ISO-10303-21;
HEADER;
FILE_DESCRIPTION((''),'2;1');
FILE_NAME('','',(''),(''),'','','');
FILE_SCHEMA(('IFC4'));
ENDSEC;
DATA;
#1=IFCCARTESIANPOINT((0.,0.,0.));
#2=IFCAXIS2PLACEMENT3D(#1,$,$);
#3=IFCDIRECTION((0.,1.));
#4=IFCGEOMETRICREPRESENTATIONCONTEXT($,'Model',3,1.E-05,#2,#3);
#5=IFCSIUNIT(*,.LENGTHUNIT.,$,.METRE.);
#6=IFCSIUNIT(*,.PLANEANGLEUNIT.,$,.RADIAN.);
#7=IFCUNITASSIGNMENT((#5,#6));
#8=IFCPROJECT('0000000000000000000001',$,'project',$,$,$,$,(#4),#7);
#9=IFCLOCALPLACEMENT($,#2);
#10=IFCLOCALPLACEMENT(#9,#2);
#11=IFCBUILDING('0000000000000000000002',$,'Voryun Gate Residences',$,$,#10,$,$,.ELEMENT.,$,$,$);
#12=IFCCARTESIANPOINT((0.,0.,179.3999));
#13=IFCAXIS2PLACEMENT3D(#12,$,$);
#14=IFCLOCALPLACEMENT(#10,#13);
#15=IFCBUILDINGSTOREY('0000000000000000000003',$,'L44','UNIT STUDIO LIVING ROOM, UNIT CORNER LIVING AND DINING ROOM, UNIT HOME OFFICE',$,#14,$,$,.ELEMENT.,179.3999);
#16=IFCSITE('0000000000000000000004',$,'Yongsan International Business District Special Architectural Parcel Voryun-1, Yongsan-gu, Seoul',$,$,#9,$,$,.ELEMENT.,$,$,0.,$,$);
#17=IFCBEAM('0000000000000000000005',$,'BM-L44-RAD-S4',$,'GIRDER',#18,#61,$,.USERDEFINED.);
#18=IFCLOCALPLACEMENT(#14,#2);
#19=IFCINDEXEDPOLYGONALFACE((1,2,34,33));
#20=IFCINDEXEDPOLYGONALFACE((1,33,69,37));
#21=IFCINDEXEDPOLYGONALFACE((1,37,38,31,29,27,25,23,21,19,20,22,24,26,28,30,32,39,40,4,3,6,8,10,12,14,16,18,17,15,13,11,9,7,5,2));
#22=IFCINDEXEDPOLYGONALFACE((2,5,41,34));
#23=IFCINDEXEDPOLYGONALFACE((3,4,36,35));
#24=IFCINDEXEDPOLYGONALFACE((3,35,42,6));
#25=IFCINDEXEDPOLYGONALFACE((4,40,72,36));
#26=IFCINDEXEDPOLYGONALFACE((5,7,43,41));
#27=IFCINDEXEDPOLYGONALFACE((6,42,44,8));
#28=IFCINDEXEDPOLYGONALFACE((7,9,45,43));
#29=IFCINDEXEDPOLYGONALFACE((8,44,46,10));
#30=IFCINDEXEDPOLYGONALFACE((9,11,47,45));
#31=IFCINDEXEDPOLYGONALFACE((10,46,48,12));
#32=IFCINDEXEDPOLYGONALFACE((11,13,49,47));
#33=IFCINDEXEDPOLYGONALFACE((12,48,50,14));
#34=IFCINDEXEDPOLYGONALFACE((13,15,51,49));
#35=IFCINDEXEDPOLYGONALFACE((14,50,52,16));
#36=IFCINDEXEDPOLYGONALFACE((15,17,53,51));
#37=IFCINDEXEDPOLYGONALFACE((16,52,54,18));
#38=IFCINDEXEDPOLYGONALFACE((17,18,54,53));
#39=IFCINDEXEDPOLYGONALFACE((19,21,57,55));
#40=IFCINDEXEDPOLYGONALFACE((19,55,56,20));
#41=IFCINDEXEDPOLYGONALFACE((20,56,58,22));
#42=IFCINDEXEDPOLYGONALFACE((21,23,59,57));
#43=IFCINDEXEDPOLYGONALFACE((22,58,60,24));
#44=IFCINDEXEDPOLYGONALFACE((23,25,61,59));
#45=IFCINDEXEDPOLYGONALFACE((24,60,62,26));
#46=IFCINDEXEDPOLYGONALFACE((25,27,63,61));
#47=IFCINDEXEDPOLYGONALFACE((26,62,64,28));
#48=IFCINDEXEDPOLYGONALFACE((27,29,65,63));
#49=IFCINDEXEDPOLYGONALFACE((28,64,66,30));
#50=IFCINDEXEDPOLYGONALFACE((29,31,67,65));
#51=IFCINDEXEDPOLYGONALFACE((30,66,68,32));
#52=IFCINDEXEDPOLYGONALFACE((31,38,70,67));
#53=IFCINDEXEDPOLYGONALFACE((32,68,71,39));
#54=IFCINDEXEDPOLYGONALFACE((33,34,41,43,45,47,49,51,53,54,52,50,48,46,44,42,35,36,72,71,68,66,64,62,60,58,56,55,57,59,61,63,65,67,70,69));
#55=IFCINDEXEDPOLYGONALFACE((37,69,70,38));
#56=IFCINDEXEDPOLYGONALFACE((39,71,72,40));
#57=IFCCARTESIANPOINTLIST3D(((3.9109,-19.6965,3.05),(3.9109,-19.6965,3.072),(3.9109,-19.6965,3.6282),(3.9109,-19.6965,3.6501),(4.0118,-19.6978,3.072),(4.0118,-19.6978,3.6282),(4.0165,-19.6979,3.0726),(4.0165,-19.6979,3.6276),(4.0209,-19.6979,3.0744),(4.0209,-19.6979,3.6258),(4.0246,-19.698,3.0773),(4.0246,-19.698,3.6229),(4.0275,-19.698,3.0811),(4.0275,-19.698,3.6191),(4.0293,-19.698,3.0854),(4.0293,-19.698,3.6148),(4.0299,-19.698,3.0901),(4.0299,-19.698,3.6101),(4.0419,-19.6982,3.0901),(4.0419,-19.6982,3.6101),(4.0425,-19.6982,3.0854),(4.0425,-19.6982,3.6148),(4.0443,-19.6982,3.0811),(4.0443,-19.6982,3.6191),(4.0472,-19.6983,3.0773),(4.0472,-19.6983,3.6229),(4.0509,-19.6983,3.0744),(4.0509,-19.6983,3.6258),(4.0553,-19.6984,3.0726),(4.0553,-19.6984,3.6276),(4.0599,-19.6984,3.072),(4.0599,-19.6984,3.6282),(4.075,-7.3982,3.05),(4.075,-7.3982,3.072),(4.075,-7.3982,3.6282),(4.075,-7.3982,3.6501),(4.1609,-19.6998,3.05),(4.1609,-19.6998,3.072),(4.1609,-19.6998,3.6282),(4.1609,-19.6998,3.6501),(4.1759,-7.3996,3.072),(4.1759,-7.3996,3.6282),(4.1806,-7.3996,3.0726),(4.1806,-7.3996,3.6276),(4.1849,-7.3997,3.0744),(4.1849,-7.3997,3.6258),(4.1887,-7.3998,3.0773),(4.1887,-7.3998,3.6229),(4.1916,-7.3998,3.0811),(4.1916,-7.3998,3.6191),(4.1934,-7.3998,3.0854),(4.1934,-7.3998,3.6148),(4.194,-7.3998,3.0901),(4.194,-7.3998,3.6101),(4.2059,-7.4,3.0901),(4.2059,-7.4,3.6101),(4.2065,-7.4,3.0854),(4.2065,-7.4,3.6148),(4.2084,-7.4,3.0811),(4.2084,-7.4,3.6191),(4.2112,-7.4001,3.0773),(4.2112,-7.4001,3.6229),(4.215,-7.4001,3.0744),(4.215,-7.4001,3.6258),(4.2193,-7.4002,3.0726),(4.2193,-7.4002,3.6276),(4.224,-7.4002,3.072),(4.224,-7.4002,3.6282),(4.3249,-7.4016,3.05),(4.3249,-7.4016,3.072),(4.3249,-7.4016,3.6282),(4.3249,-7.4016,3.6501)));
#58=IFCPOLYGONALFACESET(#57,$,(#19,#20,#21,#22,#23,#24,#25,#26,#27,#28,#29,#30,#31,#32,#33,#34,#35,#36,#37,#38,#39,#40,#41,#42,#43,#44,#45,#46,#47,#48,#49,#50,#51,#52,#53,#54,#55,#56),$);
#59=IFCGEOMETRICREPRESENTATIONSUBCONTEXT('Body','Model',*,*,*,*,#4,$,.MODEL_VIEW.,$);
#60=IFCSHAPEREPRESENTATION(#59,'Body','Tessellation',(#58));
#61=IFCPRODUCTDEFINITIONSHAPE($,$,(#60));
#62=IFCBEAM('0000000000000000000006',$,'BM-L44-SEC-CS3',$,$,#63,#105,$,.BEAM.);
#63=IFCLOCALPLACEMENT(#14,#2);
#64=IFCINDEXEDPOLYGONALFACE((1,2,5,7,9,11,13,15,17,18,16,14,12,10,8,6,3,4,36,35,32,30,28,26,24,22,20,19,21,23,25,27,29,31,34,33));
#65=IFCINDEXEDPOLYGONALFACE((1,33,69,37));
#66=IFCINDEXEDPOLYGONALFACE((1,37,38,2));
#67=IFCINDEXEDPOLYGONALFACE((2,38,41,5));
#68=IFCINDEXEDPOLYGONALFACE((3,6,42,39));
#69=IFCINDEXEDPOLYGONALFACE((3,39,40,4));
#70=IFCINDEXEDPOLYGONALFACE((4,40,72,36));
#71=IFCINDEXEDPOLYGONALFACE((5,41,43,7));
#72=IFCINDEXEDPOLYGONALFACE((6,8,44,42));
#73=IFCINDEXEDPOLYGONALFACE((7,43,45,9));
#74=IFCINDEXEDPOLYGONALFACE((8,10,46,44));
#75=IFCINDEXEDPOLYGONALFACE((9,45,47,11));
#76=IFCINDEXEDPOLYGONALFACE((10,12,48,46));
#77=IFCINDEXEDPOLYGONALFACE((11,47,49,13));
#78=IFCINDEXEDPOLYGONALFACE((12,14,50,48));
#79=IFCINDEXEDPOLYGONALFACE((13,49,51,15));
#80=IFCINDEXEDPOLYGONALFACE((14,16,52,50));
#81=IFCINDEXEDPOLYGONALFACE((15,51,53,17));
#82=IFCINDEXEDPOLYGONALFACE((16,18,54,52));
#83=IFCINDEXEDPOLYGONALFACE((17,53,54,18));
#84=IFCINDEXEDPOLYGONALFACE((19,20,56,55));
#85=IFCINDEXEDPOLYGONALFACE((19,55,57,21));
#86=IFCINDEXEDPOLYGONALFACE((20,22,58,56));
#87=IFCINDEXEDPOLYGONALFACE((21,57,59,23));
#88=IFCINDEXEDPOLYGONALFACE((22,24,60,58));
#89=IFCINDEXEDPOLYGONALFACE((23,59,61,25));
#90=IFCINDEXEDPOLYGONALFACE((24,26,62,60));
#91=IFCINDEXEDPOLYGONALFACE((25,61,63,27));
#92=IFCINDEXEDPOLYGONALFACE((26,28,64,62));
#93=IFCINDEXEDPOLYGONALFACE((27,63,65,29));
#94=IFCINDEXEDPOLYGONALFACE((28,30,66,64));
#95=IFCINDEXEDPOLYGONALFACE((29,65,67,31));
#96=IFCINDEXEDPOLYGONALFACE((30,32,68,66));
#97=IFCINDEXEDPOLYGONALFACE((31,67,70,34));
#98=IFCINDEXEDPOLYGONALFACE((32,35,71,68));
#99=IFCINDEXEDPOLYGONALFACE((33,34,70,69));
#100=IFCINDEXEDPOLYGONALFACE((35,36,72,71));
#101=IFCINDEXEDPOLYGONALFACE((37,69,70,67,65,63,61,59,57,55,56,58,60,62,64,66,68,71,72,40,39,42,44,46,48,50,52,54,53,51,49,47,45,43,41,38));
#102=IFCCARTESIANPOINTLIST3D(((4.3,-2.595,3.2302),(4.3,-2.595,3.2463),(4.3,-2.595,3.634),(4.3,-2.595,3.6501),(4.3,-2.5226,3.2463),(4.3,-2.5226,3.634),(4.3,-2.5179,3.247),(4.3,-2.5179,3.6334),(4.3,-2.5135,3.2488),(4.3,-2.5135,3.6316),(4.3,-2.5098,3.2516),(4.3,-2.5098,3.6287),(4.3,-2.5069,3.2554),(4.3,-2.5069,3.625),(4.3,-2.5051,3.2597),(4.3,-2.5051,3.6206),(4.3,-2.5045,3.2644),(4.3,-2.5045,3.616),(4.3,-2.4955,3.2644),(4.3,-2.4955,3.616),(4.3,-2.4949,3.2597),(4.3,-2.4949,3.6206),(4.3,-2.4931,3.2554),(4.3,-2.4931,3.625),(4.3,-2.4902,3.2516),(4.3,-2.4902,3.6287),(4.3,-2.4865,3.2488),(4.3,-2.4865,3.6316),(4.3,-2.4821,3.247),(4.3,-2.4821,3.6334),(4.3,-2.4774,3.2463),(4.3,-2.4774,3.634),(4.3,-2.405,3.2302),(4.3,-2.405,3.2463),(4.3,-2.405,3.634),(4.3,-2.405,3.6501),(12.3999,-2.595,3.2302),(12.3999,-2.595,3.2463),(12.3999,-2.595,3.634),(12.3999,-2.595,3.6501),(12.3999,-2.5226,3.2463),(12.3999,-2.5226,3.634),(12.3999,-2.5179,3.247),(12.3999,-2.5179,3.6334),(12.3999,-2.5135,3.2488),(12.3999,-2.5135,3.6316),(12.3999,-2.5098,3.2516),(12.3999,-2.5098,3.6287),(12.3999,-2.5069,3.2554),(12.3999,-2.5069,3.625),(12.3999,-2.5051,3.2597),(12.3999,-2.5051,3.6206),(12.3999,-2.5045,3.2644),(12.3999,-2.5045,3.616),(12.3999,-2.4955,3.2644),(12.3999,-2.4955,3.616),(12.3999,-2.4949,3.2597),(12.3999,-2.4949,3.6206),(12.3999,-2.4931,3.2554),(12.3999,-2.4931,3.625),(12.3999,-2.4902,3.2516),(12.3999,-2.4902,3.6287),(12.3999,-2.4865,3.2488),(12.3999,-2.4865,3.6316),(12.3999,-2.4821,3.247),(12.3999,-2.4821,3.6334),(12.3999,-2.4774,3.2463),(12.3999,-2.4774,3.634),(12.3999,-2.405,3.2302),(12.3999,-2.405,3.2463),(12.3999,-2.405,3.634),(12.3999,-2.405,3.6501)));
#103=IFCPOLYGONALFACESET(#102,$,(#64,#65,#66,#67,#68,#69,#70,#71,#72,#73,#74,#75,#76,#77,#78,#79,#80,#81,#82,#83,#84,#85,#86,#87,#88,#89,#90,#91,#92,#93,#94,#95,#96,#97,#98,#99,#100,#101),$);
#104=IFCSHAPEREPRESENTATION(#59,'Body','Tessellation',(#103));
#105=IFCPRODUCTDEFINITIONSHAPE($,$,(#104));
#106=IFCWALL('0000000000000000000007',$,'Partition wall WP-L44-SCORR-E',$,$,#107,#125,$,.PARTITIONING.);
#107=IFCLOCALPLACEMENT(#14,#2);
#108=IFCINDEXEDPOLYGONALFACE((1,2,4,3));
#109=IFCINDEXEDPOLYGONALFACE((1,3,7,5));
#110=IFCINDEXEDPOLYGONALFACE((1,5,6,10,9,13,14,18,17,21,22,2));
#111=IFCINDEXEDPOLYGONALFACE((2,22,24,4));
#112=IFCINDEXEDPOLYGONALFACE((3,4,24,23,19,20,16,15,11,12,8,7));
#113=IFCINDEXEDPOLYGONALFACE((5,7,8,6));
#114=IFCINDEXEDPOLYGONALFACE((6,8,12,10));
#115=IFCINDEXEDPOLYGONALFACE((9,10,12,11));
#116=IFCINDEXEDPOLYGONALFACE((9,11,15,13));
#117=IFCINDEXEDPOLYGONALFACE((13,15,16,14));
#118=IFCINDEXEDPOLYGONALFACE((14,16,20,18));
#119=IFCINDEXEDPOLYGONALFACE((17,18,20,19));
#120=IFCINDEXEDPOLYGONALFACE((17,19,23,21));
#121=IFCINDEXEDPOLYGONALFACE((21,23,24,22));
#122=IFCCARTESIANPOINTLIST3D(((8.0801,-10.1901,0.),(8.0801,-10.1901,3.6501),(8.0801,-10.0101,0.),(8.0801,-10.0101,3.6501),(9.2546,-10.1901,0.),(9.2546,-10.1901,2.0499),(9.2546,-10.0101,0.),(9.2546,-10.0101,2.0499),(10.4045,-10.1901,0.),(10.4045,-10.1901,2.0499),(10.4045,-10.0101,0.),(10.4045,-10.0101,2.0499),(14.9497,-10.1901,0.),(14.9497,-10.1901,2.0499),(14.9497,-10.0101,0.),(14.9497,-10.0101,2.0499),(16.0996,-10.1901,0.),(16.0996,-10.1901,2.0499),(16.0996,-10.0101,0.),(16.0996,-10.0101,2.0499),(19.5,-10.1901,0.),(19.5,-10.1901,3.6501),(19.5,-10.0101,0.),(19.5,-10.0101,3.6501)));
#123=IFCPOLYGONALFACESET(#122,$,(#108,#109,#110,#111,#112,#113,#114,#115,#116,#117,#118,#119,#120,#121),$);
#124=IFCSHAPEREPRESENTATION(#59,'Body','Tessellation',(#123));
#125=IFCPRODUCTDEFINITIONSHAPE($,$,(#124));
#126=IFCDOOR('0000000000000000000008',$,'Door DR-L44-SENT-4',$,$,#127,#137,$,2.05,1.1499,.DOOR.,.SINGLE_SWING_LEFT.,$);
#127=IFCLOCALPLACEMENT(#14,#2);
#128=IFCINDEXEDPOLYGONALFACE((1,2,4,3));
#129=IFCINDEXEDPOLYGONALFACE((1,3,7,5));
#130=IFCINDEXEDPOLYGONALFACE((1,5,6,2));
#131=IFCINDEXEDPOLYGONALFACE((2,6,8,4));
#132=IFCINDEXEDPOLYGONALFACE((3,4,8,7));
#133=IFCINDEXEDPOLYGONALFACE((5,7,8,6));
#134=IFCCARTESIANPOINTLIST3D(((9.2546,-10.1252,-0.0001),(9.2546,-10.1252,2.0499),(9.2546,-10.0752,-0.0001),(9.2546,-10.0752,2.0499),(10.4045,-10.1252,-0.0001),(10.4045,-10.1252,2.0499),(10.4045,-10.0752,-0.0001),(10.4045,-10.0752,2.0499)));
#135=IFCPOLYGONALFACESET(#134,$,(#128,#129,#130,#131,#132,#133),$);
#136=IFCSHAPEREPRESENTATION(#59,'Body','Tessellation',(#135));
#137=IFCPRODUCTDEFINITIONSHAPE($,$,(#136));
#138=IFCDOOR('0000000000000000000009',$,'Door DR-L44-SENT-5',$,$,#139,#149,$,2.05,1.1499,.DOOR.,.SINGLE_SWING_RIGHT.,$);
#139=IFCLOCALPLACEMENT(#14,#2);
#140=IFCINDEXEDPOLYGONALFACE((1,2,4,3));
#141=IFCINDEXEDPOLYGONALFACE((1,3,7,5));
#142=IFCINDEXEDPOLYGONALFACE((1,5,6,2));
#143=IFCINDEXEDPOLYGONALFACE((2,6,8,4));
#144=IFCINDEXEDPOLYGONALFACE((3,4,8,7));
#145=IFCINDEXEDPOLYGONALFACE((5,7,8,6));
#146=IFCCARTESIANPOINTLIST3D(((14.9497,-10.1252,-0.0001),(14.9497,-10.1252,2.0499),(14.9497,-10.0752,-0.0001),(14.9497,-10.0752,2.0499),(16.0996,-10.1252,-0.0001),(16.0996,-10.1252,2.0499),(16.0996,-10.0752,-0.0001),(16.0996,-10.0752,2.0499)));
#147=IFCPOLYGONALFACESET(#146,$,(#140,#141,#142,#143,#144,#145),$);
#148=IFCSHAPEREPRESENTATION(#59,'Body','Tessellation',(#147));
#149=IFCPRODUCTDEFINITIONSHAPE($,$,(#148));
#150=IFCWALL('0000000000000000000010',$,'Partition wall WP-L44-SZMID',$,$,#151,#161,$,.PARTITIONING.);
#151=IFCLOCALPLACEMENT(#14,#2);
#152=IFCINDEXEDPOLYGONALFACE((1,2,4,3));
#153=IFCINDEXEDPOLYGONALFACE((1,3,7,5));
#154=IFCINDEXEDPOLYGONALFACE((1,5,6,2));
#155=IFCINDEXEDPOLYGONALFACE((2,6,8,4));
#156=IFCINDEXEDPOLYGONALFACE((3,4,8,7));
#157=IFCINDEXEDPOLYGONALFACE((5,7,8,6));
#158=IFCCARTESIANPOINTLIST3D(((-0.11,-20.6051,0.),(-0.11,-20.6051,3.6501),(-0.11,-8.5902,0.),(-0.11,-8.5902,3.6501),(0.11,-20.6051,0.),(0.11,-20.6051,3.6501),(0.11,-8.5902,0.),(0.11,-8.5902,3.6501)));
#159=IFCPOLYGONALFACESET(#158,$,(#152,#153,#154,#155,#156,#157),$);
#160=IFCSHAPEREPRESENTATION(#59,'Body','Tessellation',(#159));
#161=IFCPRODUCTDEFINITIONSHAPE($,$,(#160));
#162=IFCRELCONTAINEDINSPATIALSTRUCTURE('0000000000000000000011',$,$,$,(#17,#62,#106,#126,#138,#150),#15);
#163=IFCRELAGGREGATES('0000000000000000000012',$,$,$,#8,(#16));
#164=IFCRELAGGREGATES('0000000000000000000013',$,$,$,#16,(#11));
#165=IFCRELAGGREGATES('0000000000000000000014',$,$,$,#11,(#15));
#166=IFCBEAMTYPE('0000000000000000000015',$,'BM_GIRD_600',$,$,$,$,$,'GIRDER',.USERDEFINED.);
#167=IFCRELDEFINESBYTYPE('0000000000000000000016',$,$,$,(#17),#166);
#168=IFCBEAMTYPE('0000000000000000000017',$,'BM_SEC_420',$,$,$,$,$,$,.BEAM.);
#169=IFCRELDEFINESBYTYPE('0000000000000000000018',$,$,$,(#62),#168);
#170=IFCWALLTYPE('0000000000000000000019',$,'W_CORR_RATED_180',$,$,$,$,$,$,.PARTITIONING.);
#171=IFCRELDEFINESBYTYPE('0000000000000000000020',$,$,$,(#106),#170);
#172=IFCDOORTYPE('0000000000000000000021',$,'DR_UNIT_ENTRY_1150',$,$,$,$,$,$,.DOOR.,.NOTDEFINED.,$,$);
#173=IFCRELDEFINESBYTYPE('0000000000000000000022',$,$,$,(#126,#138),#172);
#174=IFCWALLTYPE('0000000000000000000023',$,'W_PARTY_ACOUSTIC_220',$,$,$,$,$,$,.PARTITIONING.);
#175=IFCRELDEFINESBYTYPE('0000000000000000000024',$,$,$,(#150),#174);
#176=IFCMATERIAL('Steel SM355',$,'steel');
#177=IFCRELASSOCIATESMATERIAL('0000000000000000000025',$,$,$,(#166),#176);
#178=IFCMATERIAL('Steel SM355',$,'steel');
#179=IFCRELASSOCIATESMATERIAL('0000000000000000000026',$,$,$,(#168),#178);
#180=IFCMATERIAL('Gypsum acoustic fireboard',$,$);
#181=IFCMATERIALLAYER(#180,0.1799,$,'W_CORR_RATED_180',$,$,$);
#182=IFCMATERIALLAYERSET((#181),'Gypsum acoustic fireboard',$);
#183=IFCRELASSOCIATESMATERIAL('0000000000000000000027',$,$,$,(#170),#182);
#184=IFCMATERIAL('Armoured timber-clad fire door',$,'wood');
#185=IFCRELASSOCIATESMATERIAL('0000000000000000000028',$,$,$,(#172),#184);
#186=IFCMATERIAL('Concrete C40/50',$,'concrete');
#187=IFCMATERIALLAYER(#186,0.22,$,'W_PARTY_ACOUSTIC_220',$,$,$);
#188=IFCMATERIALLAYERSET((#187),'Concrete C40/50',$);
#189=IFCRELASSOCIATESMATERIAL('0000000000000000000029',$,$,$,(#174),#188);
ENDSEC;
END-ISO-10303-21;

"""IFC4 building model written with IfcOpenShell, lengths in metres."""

from ifc_helpers import new_model, si_unit, direction, frame, frame_2d, origin, origin_2d, place, context, subcontext, project, spatial, rectangle, i_section, extrude, material, layer, layer_set, material_profile, profile_set, type_object, element, fill, save


model = new_model("IFC4")

# Units and contexts
model_context = context("Model", 3, precision=1e-05, world=origin(), true_north=direction((0.0, 1.0)))
body_context = subcontext(model_context, "Body", "Model", "MODEL_VIEW")
ifc_project = project(units=[si_unit("LENGTHUNIT", "METRE"), si_unit("PLANEANGLEUNIT", "RADIAN")], contexts=[model_context])

# Site, building, storey
site_placement = place(None, origin())
site = spatial("IfcSite", under=ifc_project, at=site_placement, Name="Yongsan International Business District Special Architectural Parcel Voryun-1, Yongsan-gu, Seoul", CompositionType="ELEMENT", RefElevation=0.0)
building_placement = place(site_placement, origin())
building = spatial("IfcBuilding", under=site, at=building_placement, Name="Voryun Gate Residences", CompositionType="ELEMENT")
storey_placement = place(building_placement, frame((0.0, 0.0, 179.3999)))
storey = spatial("IfcBuildingStorey", under=building, at=storey_placement, Name="L44", Description="UNIT STUDIO LIVING ROOM, UNIT CORNER LIVING AND DINING ROOM, UNIT HOME OFFICE", CompositionType="ELEMENT", Elevation=179.3999)

# Beams
ifc_material_1 = material(Name="Steel SM355", Category="steel")
ifc_material_profile_1 = material_profile(ifc_material_1, i_section(OverallWidth=0.25, OverallDepth=0.6001, WebThickness=0.012, FlangeThickness=0.022, FilletRadius=0.0181, at=origin_2d()), Name="H-600x250x12x22")
ifc_profile_set_1 = profile_set([ifc_material_profile_1], Name="Steel SM355")
beam_type_1 = type_object("IfcBeamType", Name="BM_GIRD_600", ElementType="GIRDER", PredefinedType="USERDEFINED", material=ifc_profile_set_1)
beam_1_placement = place(storey_placement, frame((4.2, -7.3999, 3.3501), z_axis=(-0.013339, -0.999911, 0.0), x_axis=(0.999911, -0.013339, 0.0)))
element("IfcBeam", 1, at=beam_1_placement, inside=storey, type_object=beam_type_1, Name="BM-L44-RAD-S4", ObjectType="GIRDER", PredefinedType="USERDEFINED", context=body_context, shape_type="SweptSolid", body=[
    extrude(i_section(OverallWidth=0.25, OverallDepth=0.6001, WebThickness=0.012, FlangeThickness=0.022, FilletRadius=0.0181, at=origin_2d()), origin(), (0.0, 0.0, 1.0), 12.2993),
])
ifc_material_2 = material(Name="Steel SM355", Category="steel")
ifc_material_profile_2 = material_profile(ifc_material_2, i_section(OverallWidth=0.1899, OverallDepth=0.4199, WebThickness=0.009, FlangeThickness=0.0161, FilletRadius=0.0181, at=origin_2d()), Name="H-420x190x9x16")
ifc_profile_set_2 = profile_set([ifc_material_profile_2], Name="Steel SM355")
beam_type_2 = type_object("IfcBeamType", Name="BM_SEC_420", PredefinedType="BEAM", material=ifc_profile_set_2)
beam_2_placement = place(storey_placement, frame((4.3, -2.5, 3.4402), z_axis=(1.0, 0.0, 0.0), x_axis=(0.0, 1.0, 0.0)))
element("IfcBeam", 2, at=beam_2_placement, inside=storey, type_object=beam_type_2, Name="BM-L44-SEC-CS3", PredefinedType="BEAM", context=body_context, shape_type="SweptSolid", body=[
    extrude(i_section(OverallWidth=0.1899, OverallDepth=0.4199, WebThickness=0.009, FlangeThickness=0.0161, FilletRadius=0.0181, at=origin_2d()), origin(), (0.0, 0.0, 1.0), 8.0999),
])

# Wall, openings, doors
ifc_material_3 = material(Name="Gypsum acoustic fireboard")
ifc_layer_1 = layer(ifc_material_3, 0.1799, Name="W_CORR_RATED_180")
ifc_layer_set_1 = layer_set([ifc_layer_1], Name="Gypsum acoustic fireboard")
wall_type_1 = type_object("IfcWallType", Name="W_CORR_RATED_180", PredefinedType="PARTITIONING", material=ifc_layer_set_1)
wall_1_placement = place(storey_placement, frame((8.0801, -10.1001, 0.0), z_axis=(0.0, 0.0, 1.0), x_axis=(1.0, 0.0, 0.0)))
wall_1 = element("IfcWall", 3, at=wall_1_placement, inside=storey, type_object=wall_type_1, Name="Partition wall WP-L44-SCORR-E", PredefinedType="PARTITIONING", context=body_context, shape_type="SweptSolid", body=[
    extrude(rectangle(XDim=11.4199, YDim=0.1799, at=frame_2d((5.71, 0.0))), origin(), (0.0, 0.0, 1.0), 3.6501),
])
opening_1_placement = place(wall_1_placement, frame((1.1746, 0.0, 0.0)))
opening_1 = element("IfcOpeningElement", 4, at=opening_1_placement, cuts=wall_1, PredefinedType="OPENING", context=body_context, shape_type="SweptSolid", body=[
    extrude(rectangle(XDim=1.1499, YDim=2.05, at=frame_2d((0.575, 1.0249))), frame((0.0, 0.0999, 0.0), z_axis=(0.0, -1.0, 0.0), x_axis=(1.0, 0.0, 0.0)), (0.0, 0.0, 1.0), 0.2),
])
opening_2_placement = place(wall_1_placement, frame((6.8696, 0.0, 0.0)))
opening_2 = element("IfcOpeningElement", 5, at=opening_2_placement, cuts=wall_1, PredefinedType="OPENING", context=body_context, shape_type="SweptSolid", body=[
    extrude(rectangle(XDim=1.1499, YDim=2.05, at=frame_2d((0.575, 1.0249))), frame((0.0, 0.0999, 0.0), z_axis=(0.0, -1.0, 0.0), x_axis=(1.0, 0.0, 0.0)), (0.0, 0.0, 1.0), 0.2),
])
ifc_material_4 = material(Name="Armoured timber-clad fire door", Category="wood")
door_type_1 = type_object("IfcDoorType", Name="DR_UNIT_ENTRY_1150", OperationType="NOTDEFINED", PredefinedType="DOOR", material=ifc_material_4)
door_1_placement = place(opening_1_placement, origin())
door_1 = element("IfcDoor", 6, at=door_1_placement, inside=storey, type_object=door_type_1, Name="Door DR-L44-SENT-4", OperationType="SINGLE_SWING_LEFT", OverallHeight=2.05, OverallWidth=1.1499, PredefinedType="DOOR", context=body_context, shape_type="SweptSolid", body=[
    extrude(rectangle(XDim=1.1499, YDim=2.05, at=frame_2d((0.575, 1.0249))), frame((0.0, 0.0249, 0.0), z_axis=(0.0, -1.0, 0.0), x_axis=(1.0, 0.0, 0.0)), (0.0, 0.0, 1.0), 0.05),
])
fill(opening_1, door_1)
door_2_placement = place(opening_2_placement, origin())
door_2 = element("IfcDoor", 7, at=door_2_placement, inside=storey, type_object=door_type_1, Name="Door DR-L44-SENT-5", OperationType="SINGLE_SWING_RIGHT", OverallHeight=2.05, OverallWidth=1.1499, PredefinedType="DOOR", context=body_context, shape_type="SweptSolid", body=[
    extrude(rectangle(XDim=1.1499, YDim=2.05, at=frame_2d((0.575, 1.0249))), frame((0.0, 0.0249, 0.0), z_axis=(0.0, -1.0, 0.0), x_axis=(1.0, 0.0, 0.0)), (0.0, 0.0, 1.0), 0.05),
])
fill(opening_2, door_2)

# Wall
ifc_material_5 = material(Name="Concrete C40/50", Category="concrete")
ifc_layer_2 = layer(ifc_material_5, 0.22, Name="W_PARTY_ACOUSTIC_220")
ifc_layer_set_2 = layer_set([ifc_layer_2], Name="Concrete C40/50")
wall_type_2 = type_object("IfcWallType", Name="W_PARTY_ACOUSTIC_220", PredefinedType="PARTITIONING", material=ifc_layer_set_2)
wall_2_placement = place(storey_placement, frame((0.0, -20.605, 0.0), z_axis=(0.0, 0.0, 1.0), x_axis=(0.0, 1.0, 0.0)))
element("IfcWall", 8, at=wall_2_placement, inside=storey, type_object=wall_type_2, Name="Partition wall WP-L44-SZMID", PredefinedType="PARTITIONING", context=body_context, shape_type="SweptSolid", body=[
    extrude(rectangle(XDim=12.0149, YDim=0.22, at=frame_2d((6.0073, 0.0))), origin(), (0.0, 0.0, 1.0), 3.6501),
])

save(model, "model.ifc")
